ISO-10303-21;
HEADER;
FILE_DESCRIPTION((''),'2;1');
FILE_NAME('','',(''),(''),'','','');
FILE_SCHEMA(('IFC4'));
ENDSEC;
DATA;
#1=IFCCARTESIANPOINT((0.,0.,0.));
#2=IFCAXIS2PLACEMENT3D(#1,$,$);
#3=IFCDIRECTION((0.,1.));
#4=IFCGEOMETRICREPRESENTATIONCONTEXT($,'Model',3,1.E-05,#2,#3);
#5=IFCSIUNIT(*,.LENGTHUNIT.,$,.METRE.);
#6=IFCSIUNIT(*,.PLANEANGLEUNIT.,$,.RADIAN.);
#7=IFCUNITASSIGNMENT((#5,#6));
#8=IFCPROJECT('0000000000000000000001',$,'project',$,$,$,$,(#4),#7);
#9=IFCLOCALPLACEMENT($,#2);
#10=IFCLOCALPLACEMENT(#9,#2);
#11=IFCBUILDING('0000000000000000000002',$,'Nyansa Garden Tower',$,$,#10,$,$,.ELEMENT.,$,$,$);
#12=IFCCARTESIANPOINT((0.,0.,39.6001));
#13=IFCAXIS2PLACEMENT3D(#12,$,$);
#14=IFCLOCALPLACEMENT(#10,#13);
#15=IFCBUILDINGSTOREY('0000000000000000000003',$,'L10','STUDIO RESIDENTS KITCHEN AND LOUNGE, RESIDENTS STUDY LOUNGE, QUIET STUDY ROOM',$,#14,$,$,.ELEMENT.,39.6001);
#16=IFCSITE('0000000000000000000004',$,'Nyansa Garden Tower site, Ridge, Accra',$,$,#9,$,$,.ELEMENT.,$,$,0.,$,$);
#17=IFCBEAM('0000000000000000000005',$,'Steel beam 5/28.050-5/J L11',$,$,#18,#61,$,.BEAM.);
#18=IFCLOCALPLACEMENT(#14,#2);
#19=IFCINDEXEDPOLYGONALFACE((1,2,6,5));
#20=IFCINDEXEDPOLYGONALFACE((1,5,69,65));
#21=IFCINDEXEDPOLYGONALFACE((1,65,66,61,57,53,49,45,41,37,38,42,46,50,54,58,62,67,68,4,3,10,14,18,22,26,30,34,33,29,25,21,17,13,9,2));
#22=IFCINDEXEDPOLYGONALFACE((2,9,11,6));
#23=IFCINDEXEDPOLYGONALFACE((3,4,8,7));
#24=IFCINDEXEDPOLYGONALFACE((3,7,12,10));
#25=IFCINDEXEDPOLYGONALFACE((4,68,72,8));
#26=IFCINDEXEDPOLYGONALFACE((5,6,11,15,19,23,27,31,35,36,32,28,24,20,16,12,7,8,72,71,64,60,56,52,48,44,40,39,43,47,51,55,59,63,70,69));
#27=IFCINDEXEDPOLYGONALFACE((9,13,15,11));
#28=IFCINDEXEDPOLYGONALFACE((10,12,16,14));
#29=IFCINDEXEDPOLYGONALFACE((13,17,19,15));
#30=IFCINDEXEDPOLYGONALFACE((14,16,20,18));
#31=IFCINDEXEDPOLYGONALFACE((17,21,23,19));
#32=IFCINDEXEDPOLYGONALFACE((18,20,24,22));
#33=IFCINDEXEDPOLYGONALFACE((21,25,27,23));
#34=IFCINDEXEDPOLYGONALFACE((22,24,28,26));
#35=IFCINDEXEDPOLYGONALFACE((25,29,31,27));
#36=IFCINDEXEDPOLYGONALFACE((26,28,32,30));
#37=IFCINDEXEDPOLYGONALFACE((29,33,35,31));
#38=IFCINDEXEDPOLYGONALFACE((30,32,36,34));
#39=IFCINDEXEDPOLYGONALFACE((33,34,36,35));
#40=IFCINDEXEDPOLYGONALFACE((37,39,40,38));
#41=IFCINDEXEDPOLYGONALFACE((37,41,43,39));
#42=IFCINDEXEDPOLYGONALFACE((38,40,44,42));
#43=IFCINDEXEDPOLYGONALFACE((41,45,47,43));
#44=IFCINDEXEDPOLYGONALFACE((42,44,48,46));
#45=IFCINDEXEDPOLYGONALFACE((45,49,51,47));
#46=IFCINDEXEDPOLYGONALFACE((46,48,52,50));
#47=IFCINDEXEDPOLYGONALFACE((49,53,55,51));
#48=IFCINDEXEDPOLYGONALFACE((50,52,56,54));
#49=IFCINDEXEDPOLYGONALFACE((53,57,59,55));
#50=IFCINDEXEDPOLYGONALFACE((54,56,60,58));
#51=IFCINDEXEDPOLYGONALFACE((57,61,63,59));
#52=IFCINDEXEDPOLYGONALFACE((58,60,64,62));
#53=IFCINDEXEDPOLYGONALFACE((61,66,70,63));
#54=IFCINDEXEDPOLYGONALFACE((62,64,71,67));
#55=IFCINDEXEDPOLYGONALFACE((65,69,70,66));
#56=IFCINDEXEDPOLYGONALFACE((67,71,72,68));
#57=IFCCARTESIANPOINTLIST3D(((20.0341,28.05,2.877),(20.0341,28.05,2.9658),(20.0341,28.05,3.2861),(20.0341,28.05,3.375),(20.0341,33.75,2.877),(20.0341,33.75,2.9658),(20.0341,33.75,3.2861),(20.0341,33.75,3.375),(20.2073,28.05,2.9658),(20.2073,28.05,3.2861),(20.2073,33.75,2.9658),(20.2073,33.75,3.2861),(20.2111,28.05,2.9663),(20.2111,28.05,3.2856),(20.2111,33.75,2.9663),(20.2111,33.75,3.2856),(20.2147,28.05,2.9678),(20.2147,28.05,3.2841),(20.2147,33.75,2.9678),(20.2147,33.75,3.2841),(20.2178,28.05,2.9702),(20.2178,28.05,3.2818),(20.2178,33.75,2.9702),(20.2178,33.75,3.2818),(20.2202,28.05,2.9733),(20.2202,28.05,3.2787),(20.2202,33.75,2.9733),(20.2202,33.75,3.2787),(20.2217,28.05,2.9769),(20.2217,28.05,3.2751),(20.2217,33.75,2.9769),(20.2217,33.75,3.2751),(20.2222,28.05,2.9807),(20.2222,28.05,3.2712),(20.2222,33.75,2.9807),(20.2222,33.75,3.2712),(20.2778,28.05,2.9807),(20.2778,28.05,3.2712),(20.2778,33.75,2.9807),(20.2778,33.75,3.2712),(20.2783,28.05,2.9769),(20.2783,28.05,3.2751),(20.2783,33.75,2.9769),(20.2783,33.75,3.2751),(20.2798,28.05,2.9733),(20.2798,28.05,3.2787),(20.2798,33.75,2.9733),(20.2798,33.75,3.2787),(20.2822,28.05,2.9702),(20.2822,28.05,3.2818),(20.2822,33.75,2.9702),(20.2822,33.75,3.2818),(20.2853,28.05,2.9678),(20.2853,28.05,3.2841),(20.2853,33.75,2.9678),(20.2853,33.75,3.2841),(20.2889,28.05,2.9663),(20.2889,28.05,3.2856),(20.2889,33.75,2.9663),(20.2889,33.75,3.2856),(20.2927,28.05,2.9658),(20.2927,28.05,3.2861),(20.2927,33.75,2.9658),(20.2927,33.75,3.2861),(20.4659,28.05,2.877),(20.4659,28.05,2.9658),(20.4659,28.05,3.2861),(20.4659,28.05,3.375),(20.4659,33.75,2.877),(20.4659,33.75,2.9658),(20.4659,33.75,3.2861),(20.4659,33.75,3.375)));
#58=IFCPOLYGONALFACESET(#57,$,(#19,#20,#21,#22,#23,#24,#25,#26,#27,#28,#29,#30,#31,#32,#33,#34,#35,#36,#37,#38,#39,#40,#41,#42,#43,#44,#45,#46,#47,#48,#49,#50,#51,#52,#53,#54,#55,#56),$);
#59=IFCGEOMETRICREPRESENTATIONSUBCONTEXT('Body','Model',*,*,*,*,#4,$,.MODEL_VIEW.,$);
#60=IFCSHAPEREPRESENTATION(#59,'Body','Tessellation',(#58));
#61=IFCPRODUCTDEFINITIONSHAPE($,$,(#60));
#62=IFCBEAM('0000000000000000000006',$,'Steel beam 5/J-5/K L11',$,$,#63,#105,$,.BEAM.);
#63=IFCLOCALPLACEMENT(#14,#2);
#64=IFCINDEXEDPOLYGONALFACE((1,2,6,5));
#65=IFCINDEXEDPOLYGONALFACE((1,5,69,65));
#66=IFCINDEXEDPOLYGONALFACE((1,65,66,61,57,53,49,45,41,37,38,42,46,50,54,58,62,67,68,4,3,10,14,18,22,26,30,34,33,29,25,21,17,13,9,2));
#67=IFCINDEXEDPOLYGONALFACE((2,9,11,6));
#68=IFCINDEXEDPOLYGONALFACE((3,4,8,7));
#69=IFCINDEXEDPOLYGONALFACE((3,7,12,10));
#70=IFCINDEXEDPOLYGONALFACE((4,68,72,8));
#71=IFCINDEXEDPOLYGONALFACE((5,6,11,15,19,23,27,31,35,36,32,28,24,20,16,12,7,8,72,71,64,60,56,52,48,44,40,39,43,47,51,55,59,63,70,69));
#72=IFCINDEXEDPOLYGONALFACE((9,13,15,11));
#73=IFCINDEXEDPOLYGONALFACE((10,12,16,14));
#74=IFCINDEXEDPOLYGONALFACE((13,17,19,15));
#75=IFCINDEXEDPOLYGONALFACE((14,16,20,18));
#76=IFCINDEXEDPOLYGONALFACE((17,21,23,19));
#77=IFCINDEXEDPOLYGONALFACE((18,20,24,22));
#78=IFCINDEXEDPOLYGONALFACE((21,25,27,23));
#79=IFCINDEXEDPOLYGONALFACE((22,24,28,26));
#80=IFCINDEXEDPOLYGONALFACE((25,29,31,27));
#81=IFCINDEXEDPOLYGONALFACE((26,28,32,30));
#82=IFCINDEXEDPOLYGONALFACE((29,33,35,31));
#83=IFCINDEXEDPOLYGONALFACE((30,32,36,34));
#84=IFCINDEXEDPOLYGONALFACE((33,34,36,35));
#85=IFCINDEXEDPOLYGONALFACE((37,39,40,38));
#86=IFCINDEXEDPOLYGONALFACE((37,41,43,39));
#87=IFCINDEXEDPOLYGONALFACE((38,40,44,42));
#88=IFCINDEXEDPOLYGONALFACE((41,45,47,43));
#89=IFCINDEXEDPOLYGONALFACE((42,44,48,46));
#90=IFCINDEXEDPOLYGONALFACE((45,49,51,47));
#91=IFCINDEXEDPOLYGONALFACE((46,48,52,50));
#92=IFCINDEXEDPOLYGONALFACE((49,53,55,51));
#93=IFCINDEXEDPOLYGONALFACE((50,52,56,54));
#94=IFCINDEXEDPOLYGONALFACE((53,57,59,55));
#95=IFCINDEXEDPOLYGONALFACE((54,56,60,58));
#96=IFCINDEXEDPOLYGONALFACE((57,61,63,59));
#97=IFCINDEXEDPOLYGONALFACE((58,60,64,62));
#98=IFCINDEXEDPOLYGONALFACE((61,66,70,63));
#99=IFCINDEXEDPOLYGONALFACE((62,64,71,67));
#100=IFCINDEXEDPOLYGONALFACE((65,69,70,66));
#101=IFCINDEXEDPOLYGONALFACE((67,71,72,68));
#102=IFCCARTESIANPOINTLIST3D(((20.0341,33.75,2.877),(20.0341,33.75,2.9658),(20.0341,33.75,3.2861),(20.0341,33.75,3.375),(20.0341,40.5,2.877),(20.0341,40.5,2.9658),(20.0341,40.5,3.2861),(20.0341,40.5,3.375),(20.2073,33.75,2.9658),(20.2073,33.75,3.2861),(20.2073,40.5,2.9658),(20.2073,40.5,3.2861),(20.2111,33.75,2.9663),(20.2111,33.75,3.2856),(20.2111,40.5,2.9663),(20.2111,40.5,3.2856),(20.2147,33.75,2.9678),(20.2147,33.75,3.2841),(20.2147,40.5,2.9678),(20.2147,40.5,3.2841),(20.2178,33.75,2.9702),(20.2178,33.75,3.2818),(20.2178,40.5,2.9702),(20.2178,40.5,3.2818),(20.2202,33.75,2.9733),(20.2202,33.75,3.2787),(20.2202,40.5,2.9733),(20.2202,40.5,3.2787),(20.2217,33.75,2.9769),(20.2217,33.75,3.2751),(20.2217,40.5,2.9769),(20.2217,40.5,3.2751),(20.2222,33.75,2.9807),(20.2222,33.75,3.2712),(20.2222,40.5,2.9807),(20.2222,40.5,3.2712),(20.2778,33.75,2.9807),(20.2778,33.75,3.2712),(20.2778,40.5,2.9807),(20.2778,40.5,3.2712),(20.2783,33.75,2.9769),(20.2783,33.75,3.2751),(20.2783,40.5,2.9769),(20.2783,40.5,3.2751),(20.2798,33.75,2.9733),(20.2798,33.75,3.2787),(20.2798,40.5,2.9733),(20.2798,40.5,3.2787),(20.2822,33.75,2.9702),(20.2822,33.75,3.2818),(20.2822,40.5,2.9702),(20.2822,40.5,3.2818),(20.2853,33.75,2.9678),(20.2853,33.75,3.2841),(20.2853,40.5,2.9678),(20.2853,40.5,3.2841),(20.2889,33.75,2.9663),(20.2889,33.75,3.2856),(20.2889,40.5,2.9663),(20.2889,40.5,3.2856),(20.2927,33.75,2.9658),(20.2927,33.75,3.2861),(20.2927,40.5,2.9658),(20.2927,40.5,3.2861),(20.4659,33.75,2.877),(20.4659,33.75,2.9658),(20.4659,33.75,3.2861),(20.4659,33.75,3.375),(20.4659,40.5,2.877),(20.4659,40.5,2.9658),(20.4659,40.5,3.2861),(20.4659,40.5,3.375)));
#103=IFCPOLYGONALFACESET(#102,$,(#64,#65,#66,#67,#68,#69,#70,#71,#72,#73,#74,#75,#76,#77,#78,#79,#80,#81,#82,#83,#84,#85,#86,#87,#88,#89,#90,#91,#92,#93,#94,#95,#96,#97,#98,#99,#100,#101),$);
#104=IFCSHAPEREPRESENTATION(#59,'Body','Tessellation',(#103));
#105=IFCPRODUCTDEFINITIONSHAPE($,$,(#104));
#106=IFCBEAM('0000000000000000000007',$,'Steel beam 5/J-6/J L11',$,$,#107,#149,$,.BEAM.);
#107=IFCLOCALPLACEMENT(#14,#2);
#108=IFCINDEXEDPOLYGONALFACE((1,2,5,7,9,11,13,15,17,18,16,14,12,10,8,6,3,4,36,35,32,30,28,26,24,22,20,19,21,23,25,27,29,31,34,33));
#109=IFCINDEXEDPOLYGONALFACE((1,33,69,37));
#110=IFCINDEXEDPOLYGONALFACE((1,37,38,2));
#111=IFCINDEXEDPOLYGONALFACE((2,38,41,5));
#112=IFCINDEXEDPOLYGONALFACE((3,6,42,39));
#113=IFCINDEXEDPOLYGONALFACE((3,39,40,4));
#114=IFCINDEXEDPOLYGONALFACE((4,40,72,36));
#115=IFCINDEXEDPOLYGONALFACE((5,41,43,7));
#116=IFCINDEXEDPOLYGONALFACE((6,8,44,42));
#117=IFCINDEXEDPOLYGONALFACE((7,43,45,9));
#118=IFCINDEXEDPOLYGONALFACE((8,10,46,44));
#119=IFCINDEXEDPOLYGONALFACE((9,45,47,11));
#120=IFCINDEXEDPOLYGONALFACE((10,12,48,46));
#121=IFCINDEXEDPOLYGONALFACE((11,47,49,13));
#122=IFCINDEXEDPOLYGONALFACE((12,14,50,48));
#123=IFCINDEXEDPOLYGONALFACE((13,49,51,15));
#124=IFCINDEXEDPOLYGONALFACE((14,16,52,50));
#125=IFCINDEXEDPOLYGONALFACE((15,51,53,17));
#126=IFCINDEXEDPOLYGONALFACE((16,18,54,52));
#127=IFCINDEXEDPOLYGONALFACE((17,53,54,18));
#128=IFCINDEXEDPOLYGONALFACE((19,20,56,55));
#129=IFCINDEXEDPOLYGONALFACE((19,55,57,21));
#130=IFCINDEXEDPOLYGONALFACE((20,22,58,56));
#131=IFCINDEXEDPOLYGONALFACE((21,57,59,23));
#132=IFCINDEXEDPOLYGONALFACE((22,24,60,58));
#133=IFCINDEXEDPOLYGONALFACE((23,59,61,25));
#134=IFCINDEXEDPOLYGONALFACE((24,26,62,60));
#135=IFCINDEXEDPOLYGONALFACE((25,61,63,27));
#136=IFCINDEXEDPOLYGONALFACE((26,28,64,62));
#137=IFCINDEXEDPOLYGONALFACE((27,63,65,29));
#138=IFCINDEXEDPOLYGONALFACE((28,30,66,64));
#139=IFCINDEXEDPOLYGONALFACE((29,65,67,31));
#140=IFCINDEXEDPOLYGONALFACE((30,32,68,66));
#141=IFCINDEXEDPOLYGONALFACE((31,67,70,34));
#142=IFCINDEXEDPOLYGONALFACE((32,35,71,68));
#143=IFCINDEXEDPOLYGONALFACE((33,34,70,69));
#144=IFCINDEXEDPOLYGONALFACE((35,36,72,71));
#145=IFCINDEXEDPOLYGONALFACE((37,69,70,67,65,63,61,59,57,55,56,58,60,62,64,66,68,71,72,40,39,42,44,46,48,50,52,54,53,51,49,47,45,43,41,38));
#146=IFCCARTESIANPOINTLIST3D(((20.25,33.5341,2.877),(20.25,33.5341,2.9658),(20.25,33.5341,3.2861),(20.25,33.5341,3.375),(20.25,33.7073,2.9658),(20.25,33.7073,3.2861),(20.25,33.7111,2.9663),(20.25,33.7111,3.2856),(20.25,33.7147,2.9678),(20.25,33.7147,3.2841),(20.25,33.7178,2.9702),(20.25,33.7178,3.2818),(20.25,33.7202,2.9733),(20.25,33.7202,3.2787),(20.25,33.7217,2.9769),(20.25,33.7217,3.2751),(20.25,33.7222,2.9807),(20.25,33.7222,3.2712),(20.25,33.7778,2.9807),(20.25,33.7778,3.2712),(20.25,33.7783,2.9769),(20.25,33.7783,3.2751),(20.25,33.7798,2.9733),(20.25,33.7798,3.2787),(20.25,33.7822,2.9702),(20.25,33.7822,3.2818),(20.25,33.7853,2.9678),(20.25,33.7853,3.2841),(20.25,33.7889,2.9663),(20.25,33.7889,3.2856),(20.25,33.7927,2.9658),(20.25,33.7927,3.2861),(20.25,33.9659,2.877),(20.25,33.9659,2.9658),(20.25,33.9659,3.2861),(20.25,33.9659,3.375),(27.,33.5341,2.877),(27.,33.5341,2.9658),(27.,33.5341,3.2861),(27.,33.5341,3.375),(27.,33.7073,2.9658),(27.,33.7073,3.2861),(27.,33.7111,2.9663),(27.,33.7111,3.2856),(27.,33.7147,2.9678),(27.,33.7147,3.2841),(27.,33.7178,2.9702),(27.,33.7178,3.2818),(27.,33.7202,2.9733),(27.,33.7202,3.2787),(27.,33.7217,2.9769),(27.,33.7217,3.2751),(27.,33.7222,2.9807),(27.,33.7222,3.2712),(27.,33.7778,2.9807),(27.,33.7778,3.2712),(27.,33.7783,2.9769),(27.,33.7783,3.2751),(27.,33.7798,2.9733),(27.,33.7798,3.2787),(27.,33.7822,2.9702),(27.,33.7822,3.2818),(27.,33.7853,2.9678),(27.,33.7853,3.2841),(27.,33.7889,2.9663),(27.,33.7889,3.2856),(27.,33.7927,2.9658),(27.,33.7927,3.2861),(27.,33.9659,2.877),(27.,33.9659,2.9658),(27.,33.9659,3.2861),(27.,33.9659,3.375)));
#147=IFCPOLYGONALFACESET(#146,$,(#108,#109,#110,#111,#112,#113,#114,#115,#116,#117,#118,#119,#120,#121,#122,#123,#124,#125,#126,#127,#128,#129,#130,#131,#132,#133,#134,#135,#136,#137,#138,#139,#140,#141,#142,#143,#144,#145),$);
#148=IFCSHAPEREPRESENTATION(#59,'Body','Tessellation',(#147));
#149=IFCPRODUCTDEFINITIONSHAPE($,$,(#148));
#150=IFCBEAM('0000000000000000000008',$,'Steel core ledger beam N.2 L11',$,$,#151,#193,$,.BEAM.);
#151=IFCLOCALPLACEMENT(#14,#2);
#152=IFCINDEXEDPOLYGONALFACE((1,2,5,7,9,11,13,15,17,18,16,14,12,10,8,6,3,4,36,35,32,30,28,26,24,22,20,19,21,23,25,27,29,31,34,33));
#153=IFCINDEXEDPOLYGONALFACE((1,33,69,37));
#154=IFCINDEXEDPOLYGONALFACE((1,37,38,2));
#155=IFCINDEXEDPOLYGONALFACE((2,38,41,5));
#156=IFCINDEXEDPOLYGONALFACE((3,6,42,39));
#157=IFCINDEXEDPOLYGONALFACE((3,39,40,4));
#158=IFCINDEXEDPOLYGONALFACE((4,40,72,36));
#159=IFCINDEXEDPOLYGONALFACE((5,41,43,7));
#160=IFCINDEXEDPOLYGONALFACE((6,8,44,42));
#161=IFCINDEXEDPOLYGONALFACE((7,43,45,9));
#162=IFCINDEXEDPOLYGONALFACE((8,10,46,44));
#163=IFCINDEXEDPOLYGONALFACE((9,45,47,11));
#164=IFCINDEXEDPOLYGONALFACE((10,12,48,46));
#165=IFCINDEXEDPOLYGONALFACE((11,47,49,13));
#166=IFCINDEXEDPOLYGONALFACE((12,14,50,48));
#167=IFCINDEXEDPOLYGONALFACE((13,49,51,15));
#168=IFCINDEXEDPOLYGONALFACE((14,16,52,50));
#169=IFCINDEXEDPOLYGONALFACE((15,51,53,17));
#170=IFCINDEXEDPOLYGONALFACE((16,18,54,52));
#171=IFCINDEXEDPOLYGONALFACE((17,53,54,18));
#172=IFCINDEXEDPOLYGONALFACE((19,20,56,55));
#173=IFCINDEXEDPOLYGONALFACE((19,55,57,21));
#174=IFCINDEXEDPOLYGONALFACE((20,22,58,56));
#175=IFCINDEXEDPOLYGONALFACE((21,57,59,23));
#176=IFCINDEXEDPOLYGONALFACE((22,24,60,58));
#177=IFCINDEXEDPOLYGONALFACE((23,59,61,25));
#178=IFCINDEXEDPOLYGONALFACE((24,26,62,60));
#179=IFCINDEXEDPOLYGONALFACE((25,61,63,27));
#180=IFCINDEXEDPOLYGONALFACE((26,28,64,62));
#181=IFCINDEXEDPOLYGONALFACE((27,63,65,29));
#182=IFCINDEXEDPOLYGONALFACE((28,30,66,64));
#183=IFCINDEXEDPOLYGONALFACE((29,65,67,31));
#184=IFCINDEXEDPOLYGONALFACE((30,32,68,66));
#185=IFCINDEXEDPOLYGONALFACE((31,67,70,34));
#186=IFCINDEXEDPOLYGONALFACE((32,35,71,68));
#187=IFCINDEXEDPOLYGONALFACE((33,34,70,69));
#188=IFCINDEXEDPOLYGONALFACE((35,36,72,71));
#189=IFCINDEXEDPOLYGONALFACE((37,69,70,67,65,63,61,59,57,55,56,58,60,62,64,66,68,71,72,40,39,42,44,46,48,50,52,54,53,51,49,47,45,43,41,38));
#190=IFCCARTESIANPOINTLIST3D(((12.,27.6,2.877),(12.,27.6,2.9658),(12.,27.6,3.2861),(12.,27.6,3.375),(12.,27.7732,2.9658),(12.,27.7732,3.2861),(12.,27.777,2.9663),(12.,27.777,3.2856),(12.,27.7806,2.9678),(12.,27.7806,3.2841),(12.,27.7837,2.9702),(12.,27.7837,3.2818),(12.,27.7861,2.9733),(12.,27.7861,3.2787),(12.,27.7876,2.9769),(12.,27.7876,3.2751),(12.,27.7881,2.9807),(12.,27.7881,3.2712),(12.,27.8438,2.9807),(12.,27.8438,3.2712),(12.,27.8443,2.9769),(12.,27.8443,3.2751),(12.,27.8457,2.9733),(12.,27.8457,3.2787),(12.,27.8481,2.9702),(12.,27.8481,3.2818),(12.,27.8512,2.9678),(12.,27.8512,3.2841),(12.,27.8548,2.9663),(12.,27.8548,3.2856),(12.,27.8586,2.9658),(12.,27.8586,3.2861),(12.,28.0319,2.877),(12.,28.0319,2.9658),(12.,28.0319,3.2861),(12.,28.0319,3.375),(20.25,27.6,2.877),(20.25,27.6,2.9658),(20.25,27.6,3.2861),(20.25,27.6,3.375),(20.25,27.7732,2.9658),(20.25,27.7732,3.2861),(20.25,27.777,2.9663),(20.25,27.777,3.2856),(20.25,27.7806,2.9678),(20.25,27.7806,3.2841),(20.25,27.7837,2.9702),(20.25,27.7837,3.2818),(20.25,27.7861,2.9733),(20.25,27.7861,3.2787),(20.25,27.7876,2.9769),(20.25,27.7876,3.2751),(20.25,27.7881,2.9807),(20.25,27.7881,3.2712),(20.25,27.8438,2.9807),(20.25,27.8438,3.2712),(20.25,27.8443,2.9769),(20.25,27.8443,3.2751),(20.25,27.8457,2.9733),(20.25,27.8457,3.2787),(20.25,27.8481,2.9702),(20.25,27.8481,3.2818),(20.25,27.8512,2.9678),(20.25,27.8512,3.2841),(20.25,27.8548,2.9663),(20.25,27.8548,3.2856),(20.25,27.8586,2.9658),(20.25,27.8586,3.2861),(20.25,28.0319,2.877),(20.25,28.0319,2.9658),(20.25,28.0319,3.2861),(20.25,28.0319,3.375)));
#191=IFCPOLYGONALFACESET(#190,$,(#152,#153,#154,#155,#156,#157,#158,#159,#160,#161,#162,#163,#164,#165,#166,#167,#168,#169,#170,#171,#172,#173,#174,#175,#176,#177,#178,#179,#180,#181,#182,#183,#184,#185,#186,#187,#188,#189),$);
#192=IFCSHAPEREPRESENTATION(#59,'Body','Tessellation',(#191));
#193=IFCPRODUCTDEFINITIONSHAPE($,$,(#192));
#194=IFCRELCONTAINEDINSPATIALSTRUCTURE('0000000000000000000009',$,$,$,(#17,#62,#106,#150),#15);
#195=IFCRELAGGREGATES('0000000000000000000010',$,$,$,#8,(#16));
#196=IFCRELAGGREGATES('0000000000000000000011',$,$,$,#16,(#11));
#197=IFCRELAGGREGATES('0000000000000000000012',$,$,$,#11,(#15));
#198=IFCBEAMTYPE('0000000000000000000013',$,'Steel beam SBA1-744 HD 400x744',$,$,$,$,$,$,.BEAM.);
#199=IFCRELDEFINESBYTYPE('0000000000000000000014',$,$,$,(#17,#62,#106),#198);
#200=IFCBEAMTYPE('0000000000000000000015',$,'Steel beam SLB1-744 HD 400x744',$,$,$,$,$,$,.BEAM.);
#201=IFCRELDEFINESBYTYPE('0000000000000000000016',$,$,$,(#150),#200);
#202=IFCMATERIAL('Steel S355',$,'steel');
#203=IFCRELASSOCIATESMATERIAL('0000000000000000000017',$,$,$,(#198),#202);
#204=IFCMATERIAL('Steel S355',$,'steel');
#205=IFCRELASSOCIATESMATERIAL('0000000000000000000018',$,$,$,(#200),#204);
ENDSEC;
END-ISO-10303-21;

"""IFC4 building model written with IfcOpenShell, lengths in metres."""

from ifc_helpers import new_model, si_unit, direction, frame, origin, origin_2d, place, context, subcontext, project, spatial, i_section, extrude, material, material_profile, profile_set, type_object, element, save


model = new_model("IFC4")

# Units and contexts
model_context = context("Model", 3, precision=1e-05, world=origin(), true_north=direction((0.0, 1.0)))
body_context = subcontext(model_context, "Body", "Model", "MODEL_VIEW")
ifc_project = project(units=[si_unit("LENGTHUNIT", "METRE"), si_unit("PLANEANGLEUNIT", "RADIAN")], contexts=[model_context])

# Site, building, storey
site_placement = place(None, origin())
site = spatial("IfcSite", under=ifc_project, at=site_placement, Name="Nyansa Garden Tower site, Ridge, Accra", CompositionType="ELEMENT", RefElevation=0.0)
building_placement = place(site_placement, origin())
building = spatial("IfcBuilding", under=site, at=building_placement, Name="Nyansa Garden Tower", CompositionType="ELEMENT")
storey_placement = place(building_placement, frame((0.0, 0.0, 39.6001)))
storey = spatial("IfcBuildingStorey", under=building, at=storey_placement, Name="L10", Description="STUDIO RESIDENTS KITCHEN AND LOUNGE, RESIDENTS STUDY LOUNGE, QUIET STUDY ROOM", CompositionType="ELEMENT", Elevation=39.6001)

# Beams
ifc_material_1 = material(Name="Steel S355", Category="steel")
ifc_material_profile_1 = material_profile(ifc_material_1, i_section(OverallWidth=0.4319, OverallDepth=0.498, WebThickness=0.0557, FlangeThickness=0.0889, FilletRadius=0.0149, at=origin_2d()), Name="HD 400x744")
ifc_profile_set_1 = profile_set([ifc_material_profile_1], Name="Steel S355")
beam_type_1 = type_object("IfcBeamType", Name="Steel beam SBA1-744 HD 400x744", PredefinedType="BEAM", material=ifc_profile_set_1)
beam_1_placement = place(storey_placement, frame((20.25, 28.05, 3.126), z_axis=(0.0, 1.0, 0.0), x_axis=(-1.0, 0.0, 0.0)))
element("IfcBeam", 1, at=beam_1_placement, inside=storey, type_object=beam_type_1, Name="Steel beam 5/28.050-5/J L11", PredefinedType="BEAM", context=body_context, shape_type="SweptSolid", body=[
    extrude(i_section(OverallWidth=0.4319, OverallDepth=0.498, WebThickness=0.0557, FlangeThickness=0.0889, FilletRadius=0.0149, at=origin_2d()), origin(), (0.0, 0.0, 1.0), 5.7),
])
for number, where, z_axis, x_axis, name in (
    (2, (20.25, 33.75, 3.126), (0.0, 1.0, 0.0), (-1.0, 0.0, 0.0), "Steel beam 5/J-5/K L11"),
    (3, (20.25, 33.75, 3.126), (1.0, 0.0, 0.0), (0.0, 1.0, 0.0), "Steel beam 5/J-6/J L11"),
):
    element("IfcBeam", number, at=place(storey_placement, frame(where, z_axis=z_axis, x_axis=x_axis)), inside=storey, type_object=beam_type_1, Name=name, PredefinedType="BEAM", context=body_context, shape_type="SweptSolid", body=[
        extrude(i_section(OverallWidth=0.4319, OverallDepth=0.498, WebThickness=0.0557, FlangeThickness=0.0889, FilletRadius=0.0149, at=origin_2d()), origin(), (0.0, 0.0, 1.0), 6.75),
    ])
ifc_material_2 = material(Name="Steel S355", Category="steel")
ifc_material_profile_2 = material_profile(ifc_material_2, i_section(OverallWidth=0.4319, OverallDepth=0.498, WebThickness=0.0557, FlangeThickness=0.0889, FilletRadius=0.0149, at=origin_2d()), Name="HD 400x744")
ifc_profile_set_2 = profile_set([ifc_material_profile_2], Name="Steel S355")
beam_type_2 = type_object("IfcBeamType", Name="Steel beam SLB1-744 HD 400x744", PredefinedType="BEAM", material=ifc_profile_set_2)
beam_2_placement = place(storey_placement, frame((20.25, 27.8159, 3.126), z_axis=(-1.0, 0.0, 0.0), x_axis=(0.0, -1.0, 0.0)))
element("IfcBeam", 4, at=beam_2_placement, inside=storey, type_object=beam_type_2, Name="Steel core ledger beam N.2 L11", PredefinedType="BEAM", context=body_context, shape_type="SweptSolid", body=[
    extrude(i_section(OverallWidth=0.4319, OverallDepth=0.498, WebThickness=0.0557, FlangeThickness=0.0889, FilletRadius=0.0149, at=origin_2d()), origin(), (0.0, 0.0, 1.0), 8.25),
])

save(model, "model.ifc")
